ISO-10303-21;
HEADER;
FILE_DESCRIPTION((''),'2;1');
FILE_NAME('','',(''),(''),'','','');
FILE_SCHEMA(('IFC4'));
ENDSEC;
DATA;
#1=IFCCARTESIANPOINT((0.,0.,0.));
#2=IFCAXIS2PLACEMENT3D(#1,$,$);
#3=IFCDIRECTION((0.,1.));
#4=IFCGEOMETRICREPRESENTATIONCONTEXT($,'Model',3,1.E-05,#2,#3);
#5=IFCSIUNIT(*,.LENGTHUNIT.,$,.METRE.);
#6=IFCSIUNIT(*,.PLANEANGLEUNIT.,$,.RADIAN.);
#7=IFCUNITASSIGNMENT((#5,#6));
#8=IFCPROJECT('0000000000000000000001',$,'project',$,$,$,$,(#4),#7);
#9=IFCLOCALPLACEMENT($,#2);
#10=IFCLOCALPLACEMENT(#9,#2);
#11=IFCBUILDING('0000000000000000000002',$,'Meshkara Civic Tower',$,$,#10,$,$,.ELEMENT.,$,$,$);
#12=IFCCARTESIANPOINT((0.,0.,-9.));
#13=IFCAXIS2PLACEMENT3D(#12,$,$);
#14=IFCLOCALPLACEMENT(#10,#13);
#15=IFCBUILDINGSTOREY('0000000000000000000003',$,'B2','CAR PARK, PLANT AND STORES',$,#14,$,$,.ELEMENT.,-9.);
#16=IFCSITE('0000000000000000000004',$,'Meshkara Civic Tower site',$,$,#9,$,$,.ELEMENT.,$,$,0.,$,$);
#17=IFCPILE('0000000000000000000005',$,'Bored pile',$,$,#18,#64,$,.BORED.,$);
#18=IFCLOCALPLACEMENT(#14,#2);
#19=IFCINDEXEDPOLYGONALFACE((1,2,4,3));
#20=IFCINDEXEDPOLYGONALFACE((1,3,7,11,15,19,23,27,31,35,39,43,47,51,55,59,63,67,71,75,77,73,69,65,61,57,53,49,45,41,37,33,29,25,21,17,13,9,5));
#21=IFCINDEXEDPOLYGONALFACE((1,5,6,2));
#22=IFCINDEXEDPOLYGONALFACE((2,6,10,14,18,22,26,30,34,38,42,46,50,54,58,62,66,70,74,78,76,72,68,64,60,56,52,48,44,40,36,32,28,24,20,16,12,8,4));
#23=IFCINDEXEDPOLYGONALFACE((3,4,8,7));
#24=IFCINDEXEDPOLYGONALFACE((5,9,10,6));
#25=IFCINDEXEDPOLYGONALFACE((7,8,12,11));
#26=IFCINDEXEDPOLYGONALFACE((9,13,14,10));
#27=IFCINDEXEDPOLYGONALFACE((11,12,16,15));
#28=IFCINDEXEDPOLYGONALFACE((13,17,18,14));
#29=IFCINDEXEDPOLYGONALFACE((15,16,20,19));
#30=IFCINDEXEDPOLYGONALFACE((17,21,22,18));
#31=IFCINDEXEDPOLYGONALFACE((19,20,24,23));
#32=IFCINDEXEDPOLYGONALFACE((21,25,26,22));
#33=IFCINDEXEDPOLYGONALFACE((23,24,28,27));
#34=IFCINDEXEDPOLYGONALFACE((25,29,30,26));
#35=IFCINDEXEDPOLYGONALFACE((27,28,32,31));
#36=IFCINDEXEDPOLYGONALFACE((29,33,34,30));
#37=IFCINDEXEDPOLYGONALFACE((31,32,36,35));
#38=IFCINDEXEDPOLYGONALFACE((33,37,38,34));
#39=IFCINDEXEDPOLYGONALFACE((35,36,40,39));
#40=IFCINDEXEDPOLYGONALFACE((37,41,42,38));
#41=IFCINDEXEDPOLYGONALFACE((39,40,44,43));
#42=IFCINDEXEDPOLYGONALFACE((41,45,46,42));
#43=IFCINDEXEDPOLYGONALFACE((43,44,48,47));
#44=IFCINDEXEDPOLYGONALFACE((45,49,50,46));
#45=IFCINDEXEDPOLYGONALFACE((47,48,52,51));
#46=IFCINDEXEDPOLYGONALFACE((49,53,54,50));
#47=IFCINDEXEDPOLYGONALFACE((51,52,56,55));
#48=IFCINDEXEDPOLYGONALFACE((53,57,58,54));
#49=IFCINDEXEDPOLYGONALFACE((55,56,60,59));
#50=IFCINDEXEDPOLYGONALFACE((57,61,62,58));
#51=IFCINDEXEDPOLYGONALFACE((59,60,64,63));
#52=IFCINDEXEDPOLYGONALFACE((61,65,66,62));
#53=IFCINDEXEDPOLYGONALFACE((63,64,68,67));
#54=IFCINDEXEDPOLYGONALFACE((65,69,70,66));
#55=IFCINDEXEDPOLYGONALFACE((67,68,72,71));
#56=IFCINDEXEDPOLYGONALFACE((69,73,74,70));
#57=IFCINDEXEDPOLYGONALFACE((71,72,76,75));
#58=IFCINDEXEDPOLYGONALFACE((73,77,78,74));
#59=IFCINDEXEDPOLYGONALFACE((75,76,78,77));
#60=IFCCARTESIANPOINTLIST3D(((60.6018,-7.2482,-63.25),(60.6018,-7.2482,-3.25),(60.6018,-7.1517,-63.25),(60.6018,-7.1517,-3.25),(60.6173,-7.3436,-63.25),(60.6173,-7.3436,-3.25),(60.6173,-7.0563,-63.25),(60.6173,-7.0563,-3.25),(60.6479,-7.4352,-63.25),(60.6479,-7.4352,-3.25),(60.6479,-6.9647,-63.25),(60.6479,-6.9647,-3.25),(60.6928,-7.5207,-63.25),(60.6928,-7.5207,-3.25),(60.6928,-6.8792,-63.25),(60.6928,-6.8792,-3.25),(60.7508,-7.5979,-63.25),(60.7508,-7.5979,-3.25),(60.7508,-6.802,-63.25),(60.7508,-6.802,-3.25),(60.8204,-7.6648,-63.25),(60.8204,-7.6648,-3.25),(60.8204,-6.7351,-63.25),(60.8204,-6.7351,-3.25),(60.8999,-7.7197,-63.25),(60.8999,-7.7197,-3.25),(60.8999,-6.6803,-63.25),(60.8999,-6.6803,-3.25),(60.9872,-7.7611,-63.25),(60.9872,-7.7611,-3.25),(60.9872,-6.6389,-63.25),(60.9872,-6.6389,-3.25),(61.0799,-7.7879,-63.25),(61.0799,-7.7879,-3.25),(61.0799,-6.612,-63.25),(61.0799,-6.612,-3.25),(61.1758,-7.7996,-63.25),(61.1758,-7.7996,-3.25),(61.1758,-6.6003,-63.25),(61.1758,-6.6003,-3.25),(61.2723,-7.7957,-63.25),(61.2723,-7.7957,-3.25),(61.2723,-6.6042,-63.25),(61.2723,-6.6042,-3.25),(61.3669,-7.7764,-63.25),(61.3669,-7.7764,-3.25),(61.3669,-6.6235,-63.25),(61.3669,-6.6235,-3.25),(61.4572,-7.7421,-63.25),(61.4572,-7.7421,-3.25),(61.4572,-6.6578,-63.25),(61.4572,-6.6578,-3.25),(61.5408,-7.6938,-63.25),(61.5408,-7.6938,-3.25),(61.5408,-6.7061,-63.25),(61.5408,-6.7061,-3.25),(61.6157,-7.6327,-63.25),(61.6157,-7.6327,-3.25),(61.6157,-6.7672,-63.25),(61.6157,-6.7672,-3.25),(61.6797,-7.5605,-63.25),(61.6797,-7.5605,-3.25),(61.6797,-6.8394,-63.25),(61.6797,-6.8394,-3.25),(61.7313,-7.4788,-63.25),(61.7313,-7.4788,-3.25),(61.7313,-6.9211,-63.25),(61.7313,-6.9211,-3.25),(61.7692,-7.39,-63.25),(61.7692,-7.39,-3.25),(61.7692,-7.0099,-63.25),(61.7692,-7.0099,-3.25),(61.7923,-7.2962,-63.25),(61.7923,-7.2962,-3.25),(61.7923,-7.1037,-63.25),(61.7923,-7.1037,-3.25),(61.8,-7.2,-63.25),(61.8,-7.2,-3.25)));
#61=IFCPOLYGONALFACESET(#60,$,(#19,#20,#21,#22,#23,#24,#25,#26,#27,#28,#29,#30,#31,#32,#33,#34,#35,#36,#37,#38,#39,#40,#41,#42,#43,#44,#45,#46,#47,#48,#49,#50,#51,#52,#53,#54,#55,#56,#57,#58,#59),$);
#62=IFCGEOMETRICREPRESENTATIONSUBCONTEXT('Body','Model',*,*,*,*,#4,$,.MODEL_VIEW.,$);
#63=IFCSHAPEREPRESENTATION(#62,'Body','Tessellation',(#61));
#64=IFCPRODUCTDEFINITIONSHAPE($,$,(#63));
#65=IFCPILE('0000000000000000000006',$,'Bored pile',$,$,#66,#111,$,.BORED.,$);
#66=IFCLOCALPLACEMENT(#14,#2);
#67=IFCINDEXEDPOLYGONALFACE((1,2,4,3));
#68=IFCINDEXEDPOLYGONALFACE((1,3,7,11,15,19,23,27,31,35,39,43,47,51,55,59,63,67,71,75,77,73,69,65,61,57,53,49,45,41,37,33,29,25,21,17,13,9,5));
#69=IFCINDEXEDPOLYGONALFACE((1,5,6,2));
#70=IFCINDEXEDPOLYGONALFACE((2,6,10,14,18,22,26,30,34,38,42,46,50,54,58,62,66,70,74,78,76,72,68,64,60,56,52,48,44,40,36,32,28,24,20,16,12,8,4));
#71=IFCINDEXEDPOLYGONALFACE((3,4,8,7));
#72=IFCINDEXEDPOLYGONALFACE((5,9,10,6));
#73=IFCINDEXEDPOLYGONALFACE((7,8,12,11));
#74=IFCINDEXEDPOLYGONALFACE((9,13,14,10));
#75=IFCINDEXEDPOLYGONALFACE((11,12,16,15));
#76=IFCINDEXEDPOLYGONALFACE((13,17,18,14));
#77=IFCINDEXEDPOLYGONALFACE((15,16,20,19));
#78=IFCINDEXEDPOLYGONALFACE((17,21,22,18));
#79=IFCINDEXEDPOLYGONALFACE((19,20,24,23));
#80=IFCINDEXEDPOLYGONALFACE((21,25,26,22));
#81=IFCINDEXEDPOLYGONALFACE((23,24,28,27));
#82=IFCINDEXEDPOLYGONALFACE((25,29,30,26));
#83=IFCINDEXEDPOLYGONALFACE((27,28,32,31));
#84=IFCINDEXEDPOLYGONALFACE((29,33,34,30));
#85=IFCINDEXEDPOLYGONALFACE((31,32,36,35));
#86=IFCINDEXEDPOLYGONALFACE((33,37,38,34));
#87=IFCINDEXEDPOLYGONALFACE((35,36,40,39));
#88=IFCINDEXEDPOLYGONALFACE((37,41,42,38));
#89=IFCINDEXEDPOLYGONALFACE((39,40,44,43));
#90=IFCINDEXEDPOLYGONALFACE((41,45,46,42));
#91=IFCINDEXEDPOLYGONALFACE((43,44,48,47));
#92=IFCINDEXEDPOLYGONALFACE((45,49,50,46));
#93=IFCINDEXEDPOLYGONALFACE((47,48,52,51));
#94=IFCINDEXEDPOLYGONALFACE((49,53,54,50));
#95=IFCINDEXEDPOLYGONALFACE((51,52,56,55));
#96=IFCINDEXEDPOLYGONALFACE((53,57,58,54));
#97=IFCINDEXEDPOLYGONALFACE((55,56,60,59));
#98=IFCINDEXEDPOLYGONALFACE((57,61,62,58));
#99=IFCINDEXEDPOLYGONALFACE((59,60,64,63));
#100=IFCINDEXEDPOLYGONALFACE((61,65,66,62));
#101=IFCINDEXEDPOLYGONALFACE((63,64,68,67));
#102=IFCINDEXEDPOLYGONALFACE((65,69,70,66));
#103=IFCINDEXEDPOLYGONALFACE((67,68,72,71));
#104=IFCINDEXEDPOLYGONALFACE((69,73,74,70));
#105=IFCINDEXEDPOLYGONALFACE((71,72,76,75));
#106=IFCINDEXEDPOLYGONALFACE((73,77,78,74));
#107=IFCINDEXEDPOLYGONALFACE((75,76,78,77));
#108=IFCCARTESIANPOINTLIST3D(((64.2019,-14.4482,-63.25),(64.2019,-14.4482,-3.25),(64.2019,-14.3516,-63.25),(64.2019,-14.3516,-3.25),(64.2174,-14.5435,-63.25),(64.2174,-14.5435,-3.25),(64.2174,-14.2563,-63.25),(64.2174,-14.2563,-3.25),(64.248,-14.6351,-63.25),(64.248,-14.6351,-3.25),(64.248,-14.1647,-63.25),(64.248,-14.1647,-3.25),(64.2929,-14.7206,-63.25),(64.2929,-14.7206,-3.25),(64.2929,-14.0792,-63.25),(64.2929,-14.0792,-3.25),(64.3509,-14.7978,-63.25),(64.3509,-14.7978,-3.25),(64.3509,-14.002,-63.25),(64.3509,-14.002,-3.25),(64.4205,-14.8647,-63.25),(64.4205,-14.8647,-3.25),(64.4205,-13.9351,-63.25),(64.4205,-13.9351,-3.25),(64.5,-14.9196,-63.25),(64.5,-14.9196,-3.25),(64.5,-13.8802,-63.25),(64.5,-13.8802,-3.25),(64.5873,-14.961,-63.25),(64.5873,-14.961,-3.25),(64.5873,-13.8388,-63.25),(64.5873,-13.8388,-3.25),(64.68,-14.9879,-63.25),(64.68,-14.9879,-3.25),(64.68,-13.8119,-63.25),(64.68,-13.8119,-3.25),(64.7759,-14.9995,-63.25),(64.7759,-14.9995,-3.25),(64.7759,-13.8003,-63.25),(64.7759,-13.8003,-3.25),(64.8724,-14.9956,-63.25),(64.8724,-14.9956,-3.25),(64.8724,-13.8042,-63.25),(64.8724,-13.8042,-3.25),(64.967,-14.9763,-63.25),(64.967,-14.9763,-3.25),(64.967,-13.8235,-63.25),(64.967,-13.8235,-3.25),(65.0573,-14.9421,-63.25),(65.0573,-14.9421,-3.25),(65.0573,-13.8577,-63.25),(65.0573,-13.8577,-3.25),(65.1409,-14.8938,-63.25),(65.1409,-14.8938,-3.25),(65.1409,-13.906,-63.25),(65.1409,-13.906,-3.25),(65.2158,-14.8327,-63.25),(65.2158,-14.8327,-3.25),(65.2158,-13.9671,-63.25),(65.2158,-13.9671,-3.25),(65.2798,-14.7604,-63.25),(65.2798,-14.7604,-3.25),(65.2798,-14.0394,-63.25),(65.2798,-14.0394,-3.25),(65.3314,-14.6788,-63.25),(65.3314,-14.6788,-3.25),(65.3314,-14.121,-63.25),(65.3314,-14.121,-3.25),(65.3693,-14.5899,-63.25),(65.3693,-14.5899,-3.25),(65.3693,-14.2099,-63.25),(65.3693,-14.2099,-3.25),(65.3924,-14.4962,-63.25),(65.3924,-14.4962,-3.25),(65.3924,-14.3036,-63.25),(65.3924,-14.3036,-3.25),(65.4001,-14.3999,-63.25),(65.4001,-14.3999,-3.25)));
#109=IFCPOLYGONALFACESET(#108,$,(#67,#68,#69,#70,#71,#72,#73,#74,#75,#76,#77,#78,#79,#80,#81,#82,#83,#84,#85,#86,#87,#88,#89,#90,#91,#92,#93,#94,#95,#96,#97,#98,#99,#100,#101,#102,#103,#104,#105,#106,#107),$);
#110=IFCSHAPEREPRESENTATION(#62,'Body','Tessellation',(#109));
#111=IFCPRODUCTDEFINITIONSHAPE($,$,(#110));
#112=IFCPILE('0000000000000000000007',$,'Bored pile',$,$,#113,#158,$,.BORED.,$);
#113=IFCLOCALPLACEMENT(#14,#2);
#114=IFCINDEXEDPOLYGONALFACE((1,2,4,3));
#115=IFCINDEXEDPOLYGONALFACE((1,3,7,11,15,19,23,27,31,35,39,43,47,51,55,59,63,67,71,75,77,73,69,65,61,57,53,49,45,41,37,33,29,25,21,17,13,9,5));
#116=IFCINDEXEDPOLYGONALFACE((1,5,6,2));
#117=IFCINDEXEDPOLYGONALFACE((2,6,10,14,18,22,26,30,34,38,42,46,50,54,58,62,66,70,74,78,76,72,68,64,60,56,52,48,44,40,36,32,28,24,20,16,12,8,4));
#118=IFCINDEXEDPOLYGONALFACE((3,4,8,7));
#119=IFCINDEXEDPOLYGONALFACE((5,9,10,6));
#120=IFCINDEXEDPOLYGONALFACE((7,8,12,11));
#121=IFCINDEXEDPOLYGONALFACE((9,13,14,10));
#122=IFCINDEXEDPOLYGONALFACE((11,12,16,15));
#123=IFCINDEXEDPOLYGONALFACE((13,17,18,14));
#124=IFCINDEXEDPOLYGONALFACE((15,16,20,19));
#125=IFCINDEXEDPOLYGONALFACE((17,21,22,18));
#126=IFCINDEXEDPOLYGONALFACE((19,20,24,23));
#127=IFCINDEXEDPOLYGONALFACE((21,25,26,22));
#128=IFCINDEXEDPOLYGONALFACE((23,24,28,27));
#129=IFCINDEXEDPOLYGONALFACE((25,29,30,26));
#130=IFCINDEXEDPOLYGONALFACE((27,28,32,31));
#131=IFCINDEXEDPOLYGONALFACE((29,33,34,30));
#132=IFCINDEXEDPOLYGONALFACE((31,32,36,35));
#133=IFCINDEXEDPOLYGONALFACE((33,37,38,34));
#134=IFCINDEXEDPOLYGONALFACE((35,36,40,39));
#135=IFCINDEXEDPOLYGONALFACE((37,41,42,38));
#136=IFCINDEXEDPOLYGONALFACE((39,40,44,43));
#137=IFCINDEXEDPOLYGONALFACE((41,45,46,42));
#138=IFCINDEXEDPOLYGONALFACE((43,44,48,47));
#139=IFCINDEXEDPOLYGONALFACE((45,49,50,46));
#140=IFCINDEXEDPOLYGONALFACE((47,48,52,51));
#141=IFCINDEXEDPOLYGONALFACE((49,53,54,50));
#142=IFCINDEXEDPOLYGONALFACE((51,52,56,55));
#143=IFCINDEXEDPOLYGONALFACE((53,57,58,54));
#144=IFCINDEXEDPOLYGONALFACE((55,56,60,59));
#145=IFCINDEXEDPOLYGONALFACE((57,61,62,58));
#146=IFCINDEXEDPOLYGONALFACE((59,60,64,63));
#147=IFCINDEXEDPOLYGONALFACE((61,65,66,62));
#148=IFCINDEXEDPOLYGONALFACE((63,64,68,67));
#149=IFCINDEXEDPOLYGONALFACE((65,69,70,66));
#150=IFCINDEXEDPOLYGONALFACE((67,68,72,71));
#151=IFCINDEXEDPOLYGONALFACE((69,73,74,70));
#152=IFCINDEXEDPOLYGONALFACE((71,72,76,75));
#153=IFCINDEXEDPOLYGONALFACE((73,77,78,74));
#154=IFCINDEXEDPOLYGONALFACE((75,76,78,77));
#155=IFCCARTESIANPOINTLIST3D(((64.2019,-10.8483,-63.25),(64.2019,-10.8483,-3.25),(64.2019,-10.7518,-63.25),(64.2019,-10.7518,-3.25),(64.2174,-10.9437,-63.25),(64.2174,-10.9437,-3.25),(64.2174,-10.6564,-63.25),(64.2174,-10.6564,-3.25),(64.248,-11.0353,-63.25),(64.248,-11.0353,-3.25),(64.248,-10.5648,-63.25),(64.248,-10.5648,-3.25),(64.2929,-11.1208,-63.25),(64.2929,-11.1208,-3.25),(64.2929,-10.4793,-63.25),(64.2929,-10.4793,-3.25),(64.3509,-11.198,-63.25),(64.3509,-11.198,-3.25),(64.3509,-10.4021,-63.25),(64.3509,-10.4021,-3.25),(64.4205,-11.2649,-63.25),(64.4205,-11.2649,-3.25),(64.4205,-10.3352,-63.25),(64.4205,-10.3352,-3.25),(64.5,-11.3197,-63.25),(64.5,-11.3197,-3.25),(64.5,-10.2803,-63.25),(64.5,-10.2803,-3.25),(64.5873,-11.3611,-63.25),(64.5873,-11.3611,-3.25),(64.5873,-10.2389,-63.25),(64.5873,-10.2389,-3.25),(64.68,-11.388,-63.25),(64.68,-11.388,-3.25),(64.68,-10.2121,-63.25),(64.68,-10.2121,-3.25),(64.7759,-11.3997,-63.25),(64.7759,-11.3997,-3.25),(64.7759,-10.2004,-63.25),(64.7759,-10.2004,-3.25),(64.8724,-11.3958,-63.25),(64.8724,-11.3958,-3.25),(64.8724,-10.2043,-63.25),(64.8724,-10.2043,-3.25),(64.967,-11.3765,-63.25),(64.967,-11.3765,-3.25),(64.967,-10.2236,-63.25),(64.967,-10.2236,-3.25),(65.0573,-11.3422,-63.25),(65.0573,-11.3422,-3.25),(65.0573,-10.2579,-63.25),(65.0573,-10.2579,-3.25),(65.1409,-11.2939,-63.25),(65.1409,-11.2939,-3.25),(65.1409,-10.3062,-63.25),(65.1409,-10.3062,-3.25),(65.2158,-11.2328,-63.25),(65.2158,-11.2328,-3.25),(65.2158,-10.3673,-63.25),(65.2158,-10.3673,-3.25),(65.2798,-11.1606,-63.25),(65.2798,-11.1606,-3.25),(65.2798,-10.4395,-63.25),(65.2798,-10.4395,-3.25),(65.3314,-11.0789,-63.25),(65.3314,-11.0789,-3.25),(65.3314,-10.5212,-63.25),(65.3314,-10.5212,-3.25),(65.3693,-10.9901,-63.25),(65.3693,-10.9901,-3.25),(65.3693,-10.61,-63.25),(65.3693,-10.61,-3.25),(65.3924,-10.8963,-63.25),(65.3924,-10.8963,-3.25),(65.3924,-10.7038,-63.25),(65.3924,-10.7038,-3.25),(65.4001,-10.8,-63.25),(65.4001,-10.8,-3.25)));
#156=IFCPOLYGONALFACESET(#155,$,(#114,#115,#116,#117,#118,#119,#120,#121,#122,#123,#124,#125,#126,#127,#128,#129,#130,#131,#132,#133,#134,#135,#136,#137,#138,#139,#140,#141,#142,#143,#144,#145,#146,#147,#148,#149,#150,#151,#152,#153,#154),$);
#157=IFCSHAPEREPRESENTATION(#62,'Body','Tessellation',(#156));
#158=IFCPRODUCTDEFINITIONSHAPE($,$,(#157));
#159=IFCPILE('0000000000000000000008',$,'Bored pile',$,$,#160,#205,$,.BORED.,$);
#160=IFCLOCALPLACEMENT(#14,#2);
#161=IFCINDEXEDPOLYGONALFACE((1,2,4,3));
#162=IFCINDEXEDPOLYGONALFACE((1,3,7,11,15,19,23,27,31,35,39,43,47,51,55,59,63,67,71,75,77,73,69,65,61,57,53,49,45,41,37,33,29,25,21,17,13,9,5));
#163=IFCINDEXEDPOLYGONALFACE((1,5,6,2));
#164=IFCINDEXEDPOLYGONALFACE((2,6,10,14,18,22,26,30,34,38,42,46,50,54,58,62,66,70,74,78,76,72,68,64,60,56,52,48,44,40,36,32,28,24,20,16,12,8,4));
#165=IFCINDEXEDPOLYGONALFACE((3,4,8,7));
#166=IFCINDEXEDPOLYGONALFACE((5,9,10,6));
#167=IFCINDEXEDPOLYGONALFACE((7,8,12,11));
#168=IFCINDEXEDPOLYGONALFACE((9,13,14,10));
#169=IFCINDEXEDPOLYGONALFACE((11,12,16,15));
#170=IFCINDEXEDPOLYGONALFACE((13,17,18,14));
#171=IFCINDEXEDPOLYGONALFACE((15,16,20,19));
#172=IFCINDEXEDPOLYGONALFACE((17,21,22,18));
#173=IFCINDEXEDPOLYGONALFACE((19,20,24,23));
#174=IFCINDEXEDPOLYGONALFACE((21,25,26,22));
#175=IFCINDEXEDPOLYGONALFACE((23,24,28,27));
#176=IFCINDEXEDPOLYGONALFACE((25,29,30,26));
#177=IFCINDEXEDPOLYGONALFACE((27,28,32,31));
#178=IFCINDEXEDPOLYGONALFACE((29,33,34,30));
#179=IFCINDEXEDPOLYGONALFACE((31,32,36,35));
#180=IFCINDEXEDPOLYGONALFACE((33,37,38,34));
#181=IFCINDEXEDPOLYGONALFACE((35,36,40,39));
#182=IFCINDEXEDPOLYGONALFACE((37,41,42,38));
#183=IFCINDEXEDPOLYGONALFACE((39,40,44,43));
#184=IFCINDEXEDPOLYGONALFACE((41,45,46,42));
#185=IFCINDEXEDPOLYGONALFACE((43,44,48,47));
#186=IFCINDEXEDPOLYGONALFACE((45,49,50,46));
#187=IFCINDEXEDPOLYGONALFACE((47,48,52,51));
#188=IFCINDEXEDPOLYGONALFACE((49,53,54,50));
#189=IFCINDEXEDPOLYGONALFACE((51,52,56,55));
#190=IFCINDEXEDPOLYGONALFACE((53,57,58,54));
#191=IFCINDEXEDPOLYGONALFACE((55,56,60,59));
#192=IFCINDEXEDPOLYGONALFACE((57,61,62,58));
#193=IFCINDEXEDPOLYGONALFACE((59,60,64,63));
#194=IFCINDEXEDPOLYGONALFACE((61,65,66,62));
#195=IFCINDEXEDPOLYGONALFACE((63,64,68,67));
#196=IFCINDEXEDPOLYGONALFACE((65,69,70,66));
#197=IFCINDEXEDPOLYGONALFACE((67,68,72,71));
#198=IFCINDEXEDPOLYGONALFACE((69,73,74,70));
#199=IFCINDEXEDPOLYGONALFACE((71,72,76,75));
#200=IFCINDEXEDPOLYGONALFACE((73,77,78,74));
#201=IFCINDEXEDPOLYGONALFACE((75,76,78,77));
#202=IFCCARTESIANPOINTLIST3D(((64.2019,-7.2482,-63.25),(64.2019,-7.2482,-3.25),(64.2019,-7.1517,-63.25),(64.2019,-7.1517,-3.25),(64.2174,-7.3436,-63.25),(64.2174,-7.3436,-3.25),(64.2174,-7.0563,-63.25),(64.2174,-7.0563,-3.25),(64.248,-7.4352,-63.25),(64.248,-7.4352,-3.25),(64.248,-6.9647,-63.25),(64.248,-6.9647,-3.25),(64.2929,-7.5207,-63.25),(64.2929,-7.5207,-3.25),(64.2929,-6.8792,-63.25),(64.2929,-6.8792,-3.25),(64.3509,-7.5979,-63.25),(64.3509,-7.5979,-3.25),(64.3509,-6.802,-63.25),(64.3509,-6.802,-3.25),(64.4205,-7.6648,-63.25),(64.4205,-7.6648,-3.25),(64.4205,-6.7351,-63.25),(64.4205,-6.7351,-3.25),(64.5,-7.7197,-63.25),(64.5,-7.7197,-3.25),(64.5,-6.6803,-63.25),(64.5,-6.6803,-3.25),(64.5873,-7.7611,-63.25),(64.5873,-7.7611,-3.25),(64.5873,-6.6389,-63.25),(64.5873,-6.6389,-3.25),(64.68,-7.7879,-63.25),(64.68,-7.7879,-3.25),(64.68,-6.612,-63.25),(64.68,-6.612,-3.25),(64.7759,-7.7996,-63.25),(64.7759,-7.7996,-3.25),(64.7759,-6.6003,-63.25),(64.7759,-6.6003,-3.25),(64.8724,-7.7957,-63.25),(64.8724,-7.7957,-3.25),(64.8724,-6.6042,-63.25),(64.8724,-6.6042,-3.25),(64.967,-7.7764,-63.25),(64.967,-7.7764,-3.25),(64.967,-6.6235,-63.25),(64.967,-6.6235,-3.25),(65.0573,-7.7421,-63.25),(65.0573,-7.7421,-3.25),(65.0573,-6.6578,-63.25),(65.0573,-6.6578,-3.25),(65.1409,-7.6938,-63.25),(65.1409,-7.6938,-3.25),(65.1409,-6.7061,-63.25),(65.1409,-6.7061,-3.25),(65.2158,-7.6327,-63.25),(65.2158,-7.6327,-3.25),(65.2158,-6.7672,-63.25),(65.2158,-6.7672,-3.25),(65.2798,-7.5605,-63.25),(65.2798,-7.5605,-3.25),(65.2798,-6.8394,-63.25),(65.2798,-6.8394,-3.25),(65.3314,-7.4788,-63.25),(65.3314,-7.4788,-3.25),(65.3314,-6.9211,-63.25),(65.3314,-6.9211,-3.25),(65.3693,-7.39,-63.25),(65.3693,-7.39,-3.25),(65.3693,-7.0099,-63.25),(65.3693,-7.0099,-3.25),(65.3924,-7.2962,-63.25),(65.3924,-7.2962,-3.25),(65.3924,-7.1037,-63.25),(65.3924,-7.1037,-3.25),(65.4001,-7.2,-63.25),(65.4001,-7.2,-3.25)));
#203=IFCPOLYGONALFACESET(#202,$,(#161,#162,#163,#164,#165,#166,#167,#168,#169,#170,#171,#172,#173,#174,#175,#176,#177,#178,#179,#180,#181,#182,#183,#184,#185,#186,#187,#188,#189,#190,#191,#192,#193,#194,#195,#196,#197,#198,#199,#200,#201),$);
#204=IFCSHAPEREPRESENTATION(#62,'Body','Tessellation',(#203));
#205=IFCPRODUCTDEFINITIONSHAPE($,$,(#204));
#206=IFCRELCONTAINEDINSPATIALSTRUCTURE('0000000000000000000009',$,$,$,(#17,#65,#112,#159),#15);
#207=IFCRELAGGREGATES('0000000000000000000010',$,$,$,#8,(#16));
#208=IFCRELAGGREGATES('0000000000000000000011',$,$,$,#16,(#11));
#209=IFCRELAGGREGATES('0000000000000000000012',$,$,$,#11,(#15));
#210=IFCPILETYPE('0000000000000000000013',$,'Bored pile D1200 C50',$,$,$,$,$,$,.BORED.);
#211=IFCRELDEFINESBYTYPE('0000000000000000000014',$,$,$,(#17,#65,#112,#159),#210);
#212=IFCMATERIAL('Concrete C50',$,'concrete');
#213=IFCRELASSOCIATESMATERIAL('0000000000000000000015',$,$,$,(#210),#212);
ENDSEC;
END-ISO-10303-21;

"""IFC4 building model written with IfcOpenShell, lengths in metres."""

from ifc_helpers import new_model, si_unit, direction, frame, origin, origin_2d, place, context, subcontext, project, spatial, circle, extrude, material, material_profile, profile_set, type_object, element, save


model = new_model("IFC4")

# Units and contexts
model_context = context("Model", 3, precision=1e-05, world=origin(), true_north=direction((0.0, 1.0)))
body_context = subcontext(model_context, "Body", "Model", "MODEL_VIEW")
ifc_project = project(units=[si_unit("LENGTHUNIT", "METRE"), si_unit("PLANEANGLEUNIT", "RADIAN")], contexts=[model_context])

# Site, building, storey
site_placement = place(None, origin())
site = spatial("IfcSite", under=ifc_project, at=site_placement, Name="Meshkara Civic Tower site", CompositionType="ELEMENT", RefElevation=0.0)
building_placement = place(site_placement, origin())
building = spatial("IfcBuilding", under=site, at=building_placement, Name="Meshkara Civic Tower", CompositionType="ELEMENT")
storey_placement = place(building_placement, frame((0.0, 0.0, -9.0)))
storey = spatial("IfcBuildingStorey", under=building, at=storey_placement, Name="B2", Description="CAR PARK, PLANT AND STORES", CompositionType="ELEMENT", Elevation=-9.0)

# Piles
ifc_material_1 = material(Name="Concrete C50", Category="concrete")
ifc_material_profile_1 = material_profile(ifc_material_1, circle(Radius=0.6001, at=origin_2d()))
ifc_profile_set_1 = profile_set([ifc_material_profile_1], Name="Concrete C50")
pile_type = type_object("IfcPileType", Name="Bored pile D1200 C50", PredefinedType="BORED", material=ifc_profile_set_1)
for number, where, z_axis, x_axis, name in (
    (1, (61.2, -7.2, -3.25), (0.0, 0.0, -1.0), (1.0, 0.0, 0.0), "Bored pile"),
    (2, (64.8, -14.3999, -3.25), (0.0, 0.0, -1.0), (1.0, 0.0, 0.0), "Bored pile"),
    (3, (64.8, -10.8, -3.25), (0.0, 0.0, -1.0), (1.0, 0.0, 0.0), "Bored pile"),
    (4, (64.8, -7.2, -3.25), (0.0, 0.0, -1.0), (1.0, 0.0, 0.0), "Bored pile"),
):
    element("IfcPile", number, at=place(storey_placement, frame(where, z_axis=z_axis, x_axis=x_axis)), inside=storey, type_object=pile_type, Name=name, PredefinedType="BORED", context=body_context, shape_type="SweptSolid", body=[
        extrude(circle(Radius=0.6001, at=origin_2d()), origin(), (0.0, 0.0, 1.0), 60.0),
    ])

save(model, "model.ifc")
